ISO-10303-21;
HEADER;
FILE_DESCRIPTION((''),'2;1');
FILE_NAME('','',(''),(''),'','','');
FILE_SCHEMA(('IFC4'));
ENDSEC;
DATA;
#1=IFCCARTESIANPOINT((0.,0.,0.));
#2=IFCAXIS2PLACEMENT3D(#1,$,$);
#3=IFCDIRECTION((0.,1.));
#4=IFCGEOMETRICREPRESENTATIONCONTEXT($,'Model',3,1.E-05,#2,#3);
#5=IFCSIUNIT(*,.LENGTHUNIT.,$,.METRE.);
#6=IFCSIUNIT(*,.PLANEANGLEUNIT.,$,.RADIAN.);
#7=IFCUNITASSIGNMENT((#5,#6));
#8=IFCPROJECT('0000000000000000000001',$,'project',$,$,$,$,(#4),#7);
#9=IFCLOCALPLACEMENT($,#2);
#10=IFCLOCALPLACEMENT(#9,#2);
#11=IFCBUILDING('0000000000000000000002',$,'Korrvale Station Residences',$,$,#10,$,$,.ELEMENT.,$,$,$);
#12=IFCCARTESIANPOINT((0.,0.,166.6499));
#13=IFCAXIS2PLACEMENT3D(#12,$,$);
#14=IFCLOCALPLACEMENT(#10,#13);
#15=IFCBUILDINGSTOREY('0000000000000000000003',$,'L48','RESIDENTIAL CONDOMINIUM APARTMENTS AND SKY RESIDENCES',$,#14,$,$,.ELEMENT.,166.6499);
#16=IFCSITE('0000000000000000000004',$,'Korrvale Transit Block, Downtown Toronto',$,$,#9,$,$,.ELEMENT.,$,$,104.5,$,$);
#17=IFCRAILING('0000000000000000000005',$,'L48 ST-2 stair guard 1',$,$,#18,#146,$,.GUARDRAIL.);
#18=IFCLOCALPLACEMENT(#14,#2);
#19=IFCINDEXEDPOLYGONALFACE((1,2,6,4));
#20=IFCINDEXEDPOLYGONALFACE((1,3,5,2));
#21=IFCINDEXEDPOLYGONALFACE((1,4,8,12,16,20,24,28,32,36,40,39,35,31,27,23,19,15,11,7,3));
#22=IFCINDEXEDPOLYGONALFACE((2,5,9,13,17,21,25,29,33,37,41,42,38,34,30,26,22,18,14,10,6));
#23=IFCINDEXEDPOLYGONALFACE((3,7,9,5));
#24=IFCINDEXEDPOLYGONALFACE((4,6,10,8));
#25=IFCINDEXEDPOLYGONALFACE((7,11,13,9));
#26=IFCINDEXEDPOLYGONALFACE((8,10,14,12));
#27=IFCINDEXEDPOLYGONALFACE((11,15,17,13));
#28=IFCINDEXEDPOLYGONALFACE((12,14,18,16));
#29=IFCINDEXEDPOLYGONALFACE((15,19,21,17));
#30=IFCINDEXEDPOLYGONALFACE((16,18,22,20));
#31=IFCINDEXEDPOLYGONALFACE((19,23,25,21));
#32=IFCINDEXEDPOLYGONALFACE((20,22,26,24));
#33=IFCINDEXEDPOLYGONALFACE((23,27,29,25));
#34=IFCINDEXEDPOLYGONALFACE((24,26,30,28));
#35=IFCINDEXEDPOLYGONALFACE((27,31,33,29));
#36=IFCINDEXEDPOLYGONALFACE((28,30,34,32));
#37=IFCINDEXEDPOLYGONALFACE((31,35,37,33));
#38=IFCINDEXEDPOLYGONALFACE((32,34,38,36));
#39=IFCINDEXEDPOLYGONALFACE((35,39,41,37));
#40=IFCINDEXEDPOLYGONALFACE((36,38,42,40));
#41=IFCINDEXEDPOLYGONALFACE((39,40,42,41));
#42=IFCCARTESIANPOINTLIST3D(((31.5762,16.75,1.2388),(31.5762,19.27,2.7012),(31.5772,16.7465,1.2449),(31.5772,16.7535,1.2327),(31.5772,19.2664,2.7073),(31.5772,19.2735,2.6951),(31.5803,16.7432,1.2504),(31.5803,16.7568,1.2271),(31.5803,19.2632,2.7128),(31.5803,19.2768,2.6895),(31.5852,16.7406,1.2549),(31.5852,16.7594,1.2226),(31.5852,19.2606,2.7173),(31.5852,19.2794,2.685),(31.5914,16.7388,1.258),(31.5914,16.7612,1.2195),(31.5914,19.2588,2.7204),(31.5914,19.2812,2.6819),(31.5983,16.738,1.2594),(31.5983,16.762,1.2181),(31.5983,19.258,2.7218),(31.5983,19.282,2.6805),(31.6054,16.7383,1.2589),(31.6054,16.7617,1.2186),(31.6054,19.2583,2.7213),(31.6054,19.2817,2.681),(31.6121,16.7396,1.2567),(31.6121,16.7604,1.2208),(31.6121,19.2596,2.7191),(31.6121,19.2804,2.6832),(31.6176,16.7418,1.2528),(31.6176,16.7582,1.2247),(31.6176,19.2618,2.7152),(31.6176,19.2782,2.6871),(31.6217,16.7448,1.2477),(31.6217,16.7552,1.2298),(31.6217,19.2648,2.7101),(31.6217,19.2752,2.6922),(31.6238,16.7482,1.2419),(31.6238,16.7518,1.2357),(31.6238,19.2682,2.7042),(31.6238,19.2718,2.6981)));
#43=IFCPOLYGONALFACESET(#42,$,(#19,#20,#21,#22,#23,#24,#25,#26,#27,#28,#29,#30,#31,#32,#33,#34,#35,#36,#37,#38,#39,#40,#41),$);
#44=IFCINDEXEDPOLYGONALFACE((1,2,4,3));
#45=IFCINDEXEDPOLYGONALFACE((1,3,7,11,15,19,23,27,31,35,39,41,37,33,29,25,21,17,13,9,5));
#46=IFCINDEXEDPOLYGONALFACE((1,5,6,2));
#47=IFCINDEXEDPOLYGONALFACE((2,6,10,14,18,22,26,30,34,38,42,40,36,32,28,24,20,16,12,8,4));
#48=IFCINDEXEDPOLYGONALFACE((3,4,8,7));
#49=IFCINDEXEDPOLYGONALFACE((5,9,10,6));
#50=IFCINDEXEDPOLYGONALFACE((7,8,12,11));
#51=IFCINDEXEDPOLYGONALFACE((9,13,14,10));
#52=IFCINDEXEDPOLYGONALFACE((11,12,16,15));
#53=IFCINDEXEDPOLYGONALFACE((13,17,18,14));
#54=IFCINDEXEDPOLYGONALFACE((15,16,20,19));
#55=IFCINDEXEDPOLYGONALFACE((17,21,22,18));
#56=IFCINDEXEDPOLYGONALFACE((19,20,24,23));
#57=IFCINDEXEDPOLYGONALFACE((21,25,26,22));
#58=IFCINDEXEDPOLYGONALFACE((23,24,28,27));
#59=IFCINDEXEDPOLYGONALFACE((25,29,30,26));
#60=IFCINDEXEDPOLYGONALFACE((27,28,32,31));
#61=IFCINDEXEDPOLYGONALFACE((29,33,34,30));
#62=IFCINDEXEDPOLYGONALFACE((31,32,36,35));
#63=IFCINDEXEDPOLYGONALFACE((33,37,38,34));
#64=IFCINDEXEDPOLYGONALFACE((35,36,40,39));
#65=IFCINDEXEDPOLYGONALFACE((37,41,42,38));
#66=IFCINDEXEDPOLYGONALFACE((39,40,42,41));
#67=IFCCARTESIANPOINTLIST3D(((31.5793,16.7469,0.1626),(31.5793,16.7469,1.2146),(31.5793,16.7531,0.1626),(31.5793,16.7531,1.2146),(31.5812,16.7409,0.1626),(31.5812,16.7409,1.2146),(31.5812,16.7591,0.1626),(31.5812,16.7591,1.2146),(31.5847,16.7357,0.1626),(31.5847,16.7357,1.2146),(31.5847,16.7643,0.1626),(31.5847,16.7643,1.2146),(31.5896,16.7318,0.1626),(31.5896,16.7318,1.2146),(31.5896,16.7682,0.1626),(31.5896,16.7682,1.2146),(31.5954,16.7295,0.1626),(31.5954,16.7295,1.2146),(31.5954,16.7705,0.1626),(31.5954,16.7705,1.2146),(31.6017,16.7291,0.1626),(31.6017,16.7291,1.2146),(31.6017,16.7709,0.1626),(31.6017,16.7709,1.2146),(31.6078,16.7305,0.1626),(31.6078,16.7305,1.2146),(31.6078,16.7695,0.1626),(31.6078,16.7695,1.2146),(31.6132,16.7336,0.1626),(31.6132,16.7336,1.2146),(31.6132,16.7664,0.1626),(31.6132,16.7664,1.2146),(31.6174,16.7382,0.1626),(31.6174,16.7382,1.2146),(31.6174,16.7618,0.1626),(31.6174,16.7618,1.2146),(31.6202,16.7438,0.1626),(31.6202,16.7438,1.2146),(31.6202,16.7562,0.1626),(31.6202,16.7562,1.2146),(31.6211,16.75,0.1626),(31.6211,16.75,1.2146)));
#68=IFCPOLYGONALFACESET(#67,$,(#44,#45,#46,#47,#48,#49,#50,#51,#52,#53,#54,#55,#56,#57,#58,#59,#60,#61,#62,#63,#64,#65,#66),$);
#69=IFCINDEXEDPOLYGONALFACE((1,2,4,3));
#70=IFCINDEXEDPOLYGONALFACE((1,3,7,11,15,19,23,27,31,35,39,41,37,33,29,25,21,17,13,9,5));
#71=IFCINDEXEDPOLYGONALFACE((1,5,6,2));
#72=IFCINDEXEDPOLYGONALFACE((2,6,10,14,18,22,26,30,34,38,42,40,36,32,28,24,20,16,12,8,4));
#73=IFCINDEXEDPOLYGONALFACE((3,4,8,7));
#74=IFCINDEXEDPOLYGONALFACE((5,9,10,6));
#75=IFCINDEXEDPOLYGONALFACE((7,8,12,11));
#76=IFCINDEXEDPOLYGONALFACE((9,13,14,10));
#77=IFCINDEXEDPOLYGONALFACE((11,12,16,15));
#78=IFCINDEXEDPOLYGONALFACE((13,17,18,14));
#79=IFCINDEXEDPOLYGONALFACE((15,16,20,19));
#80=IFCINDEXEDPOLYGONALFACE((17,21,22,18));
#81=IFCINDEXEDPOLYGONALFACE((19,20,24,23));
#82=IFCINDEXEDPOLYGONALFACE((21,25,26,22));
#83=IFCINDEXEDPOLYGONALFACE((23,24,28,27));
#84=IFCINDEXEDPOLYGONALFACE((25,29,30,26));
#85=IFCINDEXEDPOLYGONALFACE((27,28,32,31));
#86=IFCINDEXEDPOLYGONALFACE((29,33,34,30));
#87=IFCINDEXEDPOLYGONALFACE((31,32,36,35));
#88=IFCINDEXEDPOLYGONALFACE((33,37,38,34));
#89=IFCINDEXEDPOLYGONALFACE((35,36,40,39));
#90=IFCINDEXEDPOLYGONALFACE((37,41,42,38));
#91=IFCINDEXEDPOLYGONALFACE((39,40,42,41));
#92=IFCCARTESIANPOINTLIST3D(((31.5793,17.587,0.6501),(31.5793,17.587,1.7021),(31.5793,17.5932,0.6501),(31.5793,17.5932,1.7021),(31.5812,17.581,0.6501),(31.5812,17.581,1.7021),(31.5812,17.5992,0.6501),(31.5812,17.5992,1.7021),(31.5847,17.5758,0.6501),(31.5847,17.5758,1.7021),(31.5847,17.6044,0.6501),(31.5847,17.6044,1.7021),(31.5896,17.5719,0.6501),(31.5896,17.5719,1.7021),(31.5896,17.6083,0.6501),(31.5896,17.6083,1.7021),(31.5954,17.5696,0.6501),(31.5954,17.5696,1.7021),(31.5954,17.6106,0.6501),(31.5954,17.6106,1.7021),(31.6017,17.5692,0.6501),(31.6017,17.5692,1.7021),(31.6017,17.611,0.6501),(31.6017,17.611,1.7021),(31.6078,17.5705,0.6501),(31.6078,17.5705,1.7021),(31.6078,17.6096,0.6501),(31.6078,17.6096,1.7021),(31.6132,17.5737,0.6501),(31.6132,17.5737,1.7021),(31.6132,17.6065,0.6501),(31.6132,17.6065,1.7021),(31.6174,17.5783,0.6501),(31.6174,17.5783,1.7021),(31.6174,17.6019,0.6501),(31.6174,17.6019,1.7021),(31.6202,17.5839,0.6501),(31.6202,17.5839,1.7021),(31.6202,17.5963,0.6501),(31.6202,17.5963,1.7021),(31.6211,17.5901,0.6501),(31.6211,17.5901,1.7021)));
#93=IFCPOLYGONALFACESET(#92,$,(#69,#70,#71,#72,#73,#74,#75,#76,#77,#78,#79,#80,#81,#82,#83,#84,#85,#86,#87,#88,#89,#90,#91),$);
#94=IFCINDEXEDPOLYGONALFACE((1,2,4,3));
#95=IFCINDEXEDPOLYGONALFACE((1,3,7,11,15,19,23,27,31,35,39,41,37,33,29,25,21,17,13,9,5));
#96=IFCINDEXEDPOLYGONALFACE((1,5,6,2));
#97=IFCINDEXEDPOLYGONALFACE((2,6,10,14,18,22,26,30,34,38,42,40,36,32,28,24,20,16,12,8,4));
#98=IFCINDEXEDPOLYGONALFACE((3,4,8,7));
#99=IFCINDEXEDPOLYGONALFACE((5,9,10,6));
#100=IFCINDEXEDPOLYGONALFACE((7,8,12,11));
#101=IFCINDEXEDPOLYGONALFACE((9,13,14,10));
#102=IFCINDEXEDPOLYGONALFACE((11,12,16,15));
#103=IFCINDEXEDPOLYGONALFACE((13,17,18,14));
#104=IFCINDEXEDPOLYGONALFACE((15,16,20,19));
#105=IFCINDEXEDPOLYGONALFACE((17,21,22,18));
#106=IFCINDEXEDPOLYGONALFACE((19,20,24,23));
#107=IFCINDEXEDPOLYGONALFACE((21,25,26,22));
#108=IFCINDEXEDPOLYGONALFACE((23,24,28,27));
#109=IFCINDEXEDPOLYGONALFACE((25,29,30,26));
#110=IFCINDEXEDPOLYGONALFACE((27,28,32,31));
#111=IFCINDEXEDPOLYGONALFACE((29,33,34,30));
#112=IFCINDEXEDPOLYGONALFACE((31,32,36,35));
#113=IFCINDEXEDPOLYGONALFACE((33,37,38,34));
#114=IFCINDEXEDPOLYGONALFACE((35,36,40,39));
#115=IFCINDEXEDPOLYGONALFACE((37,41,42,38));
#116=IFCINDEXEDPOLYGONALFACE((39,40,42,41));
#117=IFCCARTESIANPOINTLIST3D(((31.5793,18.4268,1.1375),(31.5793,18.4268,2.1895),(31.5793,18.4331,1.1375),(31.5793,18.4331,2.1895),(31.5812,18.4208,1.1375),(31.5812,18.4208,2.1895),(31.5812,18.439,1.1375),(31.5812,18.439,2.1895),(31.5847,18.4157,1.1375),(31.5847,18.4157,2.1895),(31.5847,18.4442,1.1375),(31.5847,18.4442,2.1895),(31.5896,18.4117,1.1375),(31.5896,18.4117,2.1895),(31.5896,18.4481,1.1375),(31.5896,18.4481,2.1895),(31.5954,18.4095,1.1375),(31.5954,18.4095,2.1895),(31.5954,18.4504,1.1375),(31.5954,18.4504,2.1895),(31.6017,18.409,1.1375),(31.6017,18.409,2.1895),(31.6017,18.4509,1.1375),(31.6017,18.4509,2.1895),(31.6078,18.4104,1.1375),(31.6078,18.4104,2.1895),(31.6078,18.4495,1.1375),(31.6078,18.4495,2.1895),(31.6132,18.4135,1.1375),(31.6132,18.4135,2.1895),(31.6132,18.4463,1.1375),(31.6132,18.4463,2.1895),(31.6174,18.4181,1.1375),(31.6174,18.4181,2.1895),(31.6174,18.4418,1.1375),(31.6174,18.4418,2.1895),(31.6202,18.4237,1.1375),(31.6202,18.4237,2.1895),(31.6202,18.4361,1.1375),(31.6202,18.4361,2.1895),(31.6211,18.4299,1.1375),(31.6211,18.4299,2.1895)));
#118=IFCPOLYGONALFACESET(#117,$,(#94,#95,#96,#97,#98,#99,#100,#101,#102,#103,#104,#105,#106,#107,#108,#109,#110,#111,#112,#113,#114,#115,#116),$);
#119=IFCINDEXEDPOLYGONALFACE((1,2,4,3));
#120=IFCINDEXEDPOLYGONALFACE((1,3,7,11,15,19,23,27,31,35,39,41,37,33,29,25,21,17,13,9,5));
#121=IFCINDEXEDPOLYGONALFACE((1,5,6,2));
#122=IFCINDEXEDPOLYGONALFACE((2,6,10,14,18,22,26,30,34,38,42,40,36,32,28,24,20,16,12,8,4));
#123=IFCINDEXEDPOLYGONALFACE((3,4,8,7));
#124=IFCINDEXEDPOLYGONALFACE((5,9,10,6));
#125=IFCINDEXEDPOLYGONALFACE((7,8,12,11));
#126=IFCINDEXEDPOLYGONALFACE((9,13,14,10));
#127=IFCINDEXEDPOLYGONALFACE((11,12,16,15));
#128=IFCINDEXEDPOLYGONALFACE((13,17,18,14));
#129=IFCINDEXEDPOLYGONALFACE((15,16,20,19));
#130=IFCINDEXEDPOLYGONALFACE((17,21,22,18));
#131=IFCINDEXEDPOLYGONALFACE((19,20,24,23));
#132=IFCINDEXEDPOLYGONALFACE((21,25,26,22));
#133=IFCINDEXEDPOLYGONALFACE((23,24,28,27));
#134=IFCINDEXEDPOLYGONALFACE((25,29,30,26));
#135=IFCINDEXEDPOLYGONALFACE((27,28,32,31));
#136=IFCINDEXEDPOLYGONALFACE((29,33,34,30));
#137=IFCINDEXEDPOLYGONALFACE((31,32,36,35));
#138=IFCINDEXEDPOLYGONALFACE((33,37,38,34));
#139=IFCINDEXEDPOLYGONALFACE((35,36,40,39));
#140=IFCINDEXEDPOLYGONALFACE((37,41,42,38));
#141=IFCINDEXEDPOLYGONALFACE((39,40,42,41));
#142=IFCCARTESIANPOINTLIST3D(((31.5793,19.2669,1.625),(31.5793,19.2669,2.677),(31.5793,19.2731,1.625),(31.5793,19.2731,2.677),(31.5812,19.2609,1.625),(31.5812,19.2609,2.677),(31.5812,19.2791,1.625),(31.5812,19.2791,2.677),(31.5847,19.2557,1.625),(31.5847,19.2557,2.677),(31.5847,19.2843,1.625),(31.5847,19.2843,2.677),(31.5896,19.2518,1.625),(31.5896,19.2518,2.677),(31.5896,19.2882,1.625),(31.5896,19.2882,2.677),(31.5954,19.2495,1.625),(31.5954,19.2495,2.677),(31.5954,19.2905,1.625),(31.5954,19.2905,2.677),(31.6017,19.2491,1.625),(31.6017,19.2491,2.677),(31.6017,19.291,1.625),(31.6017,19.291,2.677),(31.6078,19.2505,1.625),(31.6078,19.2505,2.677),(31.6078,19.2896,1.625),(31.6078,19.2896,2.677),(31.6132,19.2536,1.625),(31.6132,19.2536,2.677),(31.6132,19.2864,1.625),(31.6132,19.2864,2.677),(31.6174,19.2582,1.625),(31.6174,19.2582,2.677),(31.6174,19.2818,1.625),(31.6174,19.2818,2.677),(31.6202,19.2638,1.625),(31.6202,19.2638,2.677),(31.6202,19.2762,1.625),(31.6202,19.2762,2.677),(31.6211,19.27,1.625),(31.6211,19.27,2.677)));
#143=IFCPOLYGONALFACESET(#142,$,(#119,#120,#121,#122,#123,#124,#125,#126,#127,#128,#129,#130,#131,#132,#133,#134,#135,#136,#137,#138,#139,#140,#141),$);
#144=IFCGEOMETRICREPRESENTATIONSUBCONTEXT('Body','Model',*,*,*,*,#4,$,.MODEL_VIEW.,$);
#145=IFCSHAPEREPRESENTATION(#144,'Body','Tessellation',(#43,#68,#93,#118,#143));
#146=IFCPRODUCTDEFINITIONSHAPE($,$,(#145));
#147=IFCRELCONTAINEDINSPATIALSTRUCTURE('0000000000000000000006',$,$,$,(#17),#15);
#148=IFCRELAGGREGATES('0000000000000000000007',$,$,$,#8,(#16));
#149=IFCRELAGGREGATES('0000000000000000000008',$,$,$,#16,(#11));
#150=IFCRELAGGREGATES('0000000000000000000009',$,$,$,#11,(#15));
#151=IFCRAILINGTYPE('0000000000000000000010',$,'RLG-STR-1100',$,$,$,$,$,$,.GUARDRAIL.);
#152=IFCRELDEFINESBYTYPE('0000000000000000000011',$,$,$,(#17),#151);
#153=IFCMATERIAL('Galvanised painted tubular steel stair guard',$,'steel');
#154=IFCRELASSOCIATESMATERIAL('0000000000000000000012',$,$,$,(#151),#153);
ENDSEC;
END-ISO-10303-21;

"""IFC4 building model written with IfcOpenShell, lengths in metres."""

from ifc_helpers import new_model, si_unit, direction, frame, origin, origin_2d, place, context, subcontext, project, spatial, circle, extrude, material, type_object, element, save


model = new_model("IFC4")

# Units and contexts
model_context = context("Model", 3, precision=1e-05, world=origin(), true_north=direction((0.0, 1.0)))
body_context = subcontext(model_context, "Body", "Model", "MODEL_VIEW")
ifc_project = project(units=[si_unit("LENGTHUNIT", "METRE"), si_unit("PLANEANGLEUNIT", "RADIAN")], contexts=[model_context])

# Site, building, storey
site_placement = place(None, origin())
site = spatial("IfcSite", under=ifc_project, at=site_placement, Name="Korrvale Transit Block, Downtown Toronto", CompositionType="ELEMENT", RefElevation=104.5)
building_placement = place(site_placement, origin())
building = spatial("IfcBuilding", under=site, at=building_placement, Name="Korrvale Station Residences", CompositionType="ELEMENT")
storey_placement = place(building_placement, frame((0.0, 0.0, 166.6499)))
storey = spatial("IfcBuildingStorey", under=building, at=storey_placement, Name="L48", Description="RESIDENTIAL CONDOMINIUM APARTMENTS AND SKY RESIDENCES", CompositionType="ELEMENT", Elevation=166.6499)

# Railing
ifc_material_1 = material(Name="Galvanised painted tubular steel stair guard", Category="steel")
railing_type_1 = type_object("IfcRailingType", Name="RLG-STR-1100", PredefinedType="GUARDRAIL", material=ifc_material_1)
railing_1_placement = place(storey_placement, frame((31.6001, 16.75, 0.1626)))
element("IfcRailing", 1, at=railing_1_placement, inside=storey, type_object=railing_type_1, Name="L48 ST-2 stair guard 1", PredefinedType="GUARDRAIL", context=body_context, shape_type="SweptSolid", body=[
    extrude(circle(Radius=0.0239, at=origin_2d()), frame((0.0, 0.0, 1.0762), z_axis=(0.0, 0.864913, 0.501921), x_axis=(-1.0, 0.0, 0.0)), (0.0, 0.0, 1.0), 2.9136),
    extrude(circle(Radius=0.021, at=origin_2d()), origin(), (0.0, 0.0, 1.0), 1.052),
    extrude(circle(Radius=0.021, at=origin_2d()), frame((0.0, 0.8401, 0.4875)), (0.0, 0.0, 1.0), 1.052),
    extrude(circle(Radius=0.021, at=origin_2d()), frame((0.0, 1.6799, 0.9749)), (0.0, 0.0, 1.0), 1.052),
    extrude(circle(Radius=0.021, at=origin_2d()), frame((0.0, 2.52, 1.4624)), (0.0, 0.0, 1.0), 1.052),
])

save(model, "model.ifc")
